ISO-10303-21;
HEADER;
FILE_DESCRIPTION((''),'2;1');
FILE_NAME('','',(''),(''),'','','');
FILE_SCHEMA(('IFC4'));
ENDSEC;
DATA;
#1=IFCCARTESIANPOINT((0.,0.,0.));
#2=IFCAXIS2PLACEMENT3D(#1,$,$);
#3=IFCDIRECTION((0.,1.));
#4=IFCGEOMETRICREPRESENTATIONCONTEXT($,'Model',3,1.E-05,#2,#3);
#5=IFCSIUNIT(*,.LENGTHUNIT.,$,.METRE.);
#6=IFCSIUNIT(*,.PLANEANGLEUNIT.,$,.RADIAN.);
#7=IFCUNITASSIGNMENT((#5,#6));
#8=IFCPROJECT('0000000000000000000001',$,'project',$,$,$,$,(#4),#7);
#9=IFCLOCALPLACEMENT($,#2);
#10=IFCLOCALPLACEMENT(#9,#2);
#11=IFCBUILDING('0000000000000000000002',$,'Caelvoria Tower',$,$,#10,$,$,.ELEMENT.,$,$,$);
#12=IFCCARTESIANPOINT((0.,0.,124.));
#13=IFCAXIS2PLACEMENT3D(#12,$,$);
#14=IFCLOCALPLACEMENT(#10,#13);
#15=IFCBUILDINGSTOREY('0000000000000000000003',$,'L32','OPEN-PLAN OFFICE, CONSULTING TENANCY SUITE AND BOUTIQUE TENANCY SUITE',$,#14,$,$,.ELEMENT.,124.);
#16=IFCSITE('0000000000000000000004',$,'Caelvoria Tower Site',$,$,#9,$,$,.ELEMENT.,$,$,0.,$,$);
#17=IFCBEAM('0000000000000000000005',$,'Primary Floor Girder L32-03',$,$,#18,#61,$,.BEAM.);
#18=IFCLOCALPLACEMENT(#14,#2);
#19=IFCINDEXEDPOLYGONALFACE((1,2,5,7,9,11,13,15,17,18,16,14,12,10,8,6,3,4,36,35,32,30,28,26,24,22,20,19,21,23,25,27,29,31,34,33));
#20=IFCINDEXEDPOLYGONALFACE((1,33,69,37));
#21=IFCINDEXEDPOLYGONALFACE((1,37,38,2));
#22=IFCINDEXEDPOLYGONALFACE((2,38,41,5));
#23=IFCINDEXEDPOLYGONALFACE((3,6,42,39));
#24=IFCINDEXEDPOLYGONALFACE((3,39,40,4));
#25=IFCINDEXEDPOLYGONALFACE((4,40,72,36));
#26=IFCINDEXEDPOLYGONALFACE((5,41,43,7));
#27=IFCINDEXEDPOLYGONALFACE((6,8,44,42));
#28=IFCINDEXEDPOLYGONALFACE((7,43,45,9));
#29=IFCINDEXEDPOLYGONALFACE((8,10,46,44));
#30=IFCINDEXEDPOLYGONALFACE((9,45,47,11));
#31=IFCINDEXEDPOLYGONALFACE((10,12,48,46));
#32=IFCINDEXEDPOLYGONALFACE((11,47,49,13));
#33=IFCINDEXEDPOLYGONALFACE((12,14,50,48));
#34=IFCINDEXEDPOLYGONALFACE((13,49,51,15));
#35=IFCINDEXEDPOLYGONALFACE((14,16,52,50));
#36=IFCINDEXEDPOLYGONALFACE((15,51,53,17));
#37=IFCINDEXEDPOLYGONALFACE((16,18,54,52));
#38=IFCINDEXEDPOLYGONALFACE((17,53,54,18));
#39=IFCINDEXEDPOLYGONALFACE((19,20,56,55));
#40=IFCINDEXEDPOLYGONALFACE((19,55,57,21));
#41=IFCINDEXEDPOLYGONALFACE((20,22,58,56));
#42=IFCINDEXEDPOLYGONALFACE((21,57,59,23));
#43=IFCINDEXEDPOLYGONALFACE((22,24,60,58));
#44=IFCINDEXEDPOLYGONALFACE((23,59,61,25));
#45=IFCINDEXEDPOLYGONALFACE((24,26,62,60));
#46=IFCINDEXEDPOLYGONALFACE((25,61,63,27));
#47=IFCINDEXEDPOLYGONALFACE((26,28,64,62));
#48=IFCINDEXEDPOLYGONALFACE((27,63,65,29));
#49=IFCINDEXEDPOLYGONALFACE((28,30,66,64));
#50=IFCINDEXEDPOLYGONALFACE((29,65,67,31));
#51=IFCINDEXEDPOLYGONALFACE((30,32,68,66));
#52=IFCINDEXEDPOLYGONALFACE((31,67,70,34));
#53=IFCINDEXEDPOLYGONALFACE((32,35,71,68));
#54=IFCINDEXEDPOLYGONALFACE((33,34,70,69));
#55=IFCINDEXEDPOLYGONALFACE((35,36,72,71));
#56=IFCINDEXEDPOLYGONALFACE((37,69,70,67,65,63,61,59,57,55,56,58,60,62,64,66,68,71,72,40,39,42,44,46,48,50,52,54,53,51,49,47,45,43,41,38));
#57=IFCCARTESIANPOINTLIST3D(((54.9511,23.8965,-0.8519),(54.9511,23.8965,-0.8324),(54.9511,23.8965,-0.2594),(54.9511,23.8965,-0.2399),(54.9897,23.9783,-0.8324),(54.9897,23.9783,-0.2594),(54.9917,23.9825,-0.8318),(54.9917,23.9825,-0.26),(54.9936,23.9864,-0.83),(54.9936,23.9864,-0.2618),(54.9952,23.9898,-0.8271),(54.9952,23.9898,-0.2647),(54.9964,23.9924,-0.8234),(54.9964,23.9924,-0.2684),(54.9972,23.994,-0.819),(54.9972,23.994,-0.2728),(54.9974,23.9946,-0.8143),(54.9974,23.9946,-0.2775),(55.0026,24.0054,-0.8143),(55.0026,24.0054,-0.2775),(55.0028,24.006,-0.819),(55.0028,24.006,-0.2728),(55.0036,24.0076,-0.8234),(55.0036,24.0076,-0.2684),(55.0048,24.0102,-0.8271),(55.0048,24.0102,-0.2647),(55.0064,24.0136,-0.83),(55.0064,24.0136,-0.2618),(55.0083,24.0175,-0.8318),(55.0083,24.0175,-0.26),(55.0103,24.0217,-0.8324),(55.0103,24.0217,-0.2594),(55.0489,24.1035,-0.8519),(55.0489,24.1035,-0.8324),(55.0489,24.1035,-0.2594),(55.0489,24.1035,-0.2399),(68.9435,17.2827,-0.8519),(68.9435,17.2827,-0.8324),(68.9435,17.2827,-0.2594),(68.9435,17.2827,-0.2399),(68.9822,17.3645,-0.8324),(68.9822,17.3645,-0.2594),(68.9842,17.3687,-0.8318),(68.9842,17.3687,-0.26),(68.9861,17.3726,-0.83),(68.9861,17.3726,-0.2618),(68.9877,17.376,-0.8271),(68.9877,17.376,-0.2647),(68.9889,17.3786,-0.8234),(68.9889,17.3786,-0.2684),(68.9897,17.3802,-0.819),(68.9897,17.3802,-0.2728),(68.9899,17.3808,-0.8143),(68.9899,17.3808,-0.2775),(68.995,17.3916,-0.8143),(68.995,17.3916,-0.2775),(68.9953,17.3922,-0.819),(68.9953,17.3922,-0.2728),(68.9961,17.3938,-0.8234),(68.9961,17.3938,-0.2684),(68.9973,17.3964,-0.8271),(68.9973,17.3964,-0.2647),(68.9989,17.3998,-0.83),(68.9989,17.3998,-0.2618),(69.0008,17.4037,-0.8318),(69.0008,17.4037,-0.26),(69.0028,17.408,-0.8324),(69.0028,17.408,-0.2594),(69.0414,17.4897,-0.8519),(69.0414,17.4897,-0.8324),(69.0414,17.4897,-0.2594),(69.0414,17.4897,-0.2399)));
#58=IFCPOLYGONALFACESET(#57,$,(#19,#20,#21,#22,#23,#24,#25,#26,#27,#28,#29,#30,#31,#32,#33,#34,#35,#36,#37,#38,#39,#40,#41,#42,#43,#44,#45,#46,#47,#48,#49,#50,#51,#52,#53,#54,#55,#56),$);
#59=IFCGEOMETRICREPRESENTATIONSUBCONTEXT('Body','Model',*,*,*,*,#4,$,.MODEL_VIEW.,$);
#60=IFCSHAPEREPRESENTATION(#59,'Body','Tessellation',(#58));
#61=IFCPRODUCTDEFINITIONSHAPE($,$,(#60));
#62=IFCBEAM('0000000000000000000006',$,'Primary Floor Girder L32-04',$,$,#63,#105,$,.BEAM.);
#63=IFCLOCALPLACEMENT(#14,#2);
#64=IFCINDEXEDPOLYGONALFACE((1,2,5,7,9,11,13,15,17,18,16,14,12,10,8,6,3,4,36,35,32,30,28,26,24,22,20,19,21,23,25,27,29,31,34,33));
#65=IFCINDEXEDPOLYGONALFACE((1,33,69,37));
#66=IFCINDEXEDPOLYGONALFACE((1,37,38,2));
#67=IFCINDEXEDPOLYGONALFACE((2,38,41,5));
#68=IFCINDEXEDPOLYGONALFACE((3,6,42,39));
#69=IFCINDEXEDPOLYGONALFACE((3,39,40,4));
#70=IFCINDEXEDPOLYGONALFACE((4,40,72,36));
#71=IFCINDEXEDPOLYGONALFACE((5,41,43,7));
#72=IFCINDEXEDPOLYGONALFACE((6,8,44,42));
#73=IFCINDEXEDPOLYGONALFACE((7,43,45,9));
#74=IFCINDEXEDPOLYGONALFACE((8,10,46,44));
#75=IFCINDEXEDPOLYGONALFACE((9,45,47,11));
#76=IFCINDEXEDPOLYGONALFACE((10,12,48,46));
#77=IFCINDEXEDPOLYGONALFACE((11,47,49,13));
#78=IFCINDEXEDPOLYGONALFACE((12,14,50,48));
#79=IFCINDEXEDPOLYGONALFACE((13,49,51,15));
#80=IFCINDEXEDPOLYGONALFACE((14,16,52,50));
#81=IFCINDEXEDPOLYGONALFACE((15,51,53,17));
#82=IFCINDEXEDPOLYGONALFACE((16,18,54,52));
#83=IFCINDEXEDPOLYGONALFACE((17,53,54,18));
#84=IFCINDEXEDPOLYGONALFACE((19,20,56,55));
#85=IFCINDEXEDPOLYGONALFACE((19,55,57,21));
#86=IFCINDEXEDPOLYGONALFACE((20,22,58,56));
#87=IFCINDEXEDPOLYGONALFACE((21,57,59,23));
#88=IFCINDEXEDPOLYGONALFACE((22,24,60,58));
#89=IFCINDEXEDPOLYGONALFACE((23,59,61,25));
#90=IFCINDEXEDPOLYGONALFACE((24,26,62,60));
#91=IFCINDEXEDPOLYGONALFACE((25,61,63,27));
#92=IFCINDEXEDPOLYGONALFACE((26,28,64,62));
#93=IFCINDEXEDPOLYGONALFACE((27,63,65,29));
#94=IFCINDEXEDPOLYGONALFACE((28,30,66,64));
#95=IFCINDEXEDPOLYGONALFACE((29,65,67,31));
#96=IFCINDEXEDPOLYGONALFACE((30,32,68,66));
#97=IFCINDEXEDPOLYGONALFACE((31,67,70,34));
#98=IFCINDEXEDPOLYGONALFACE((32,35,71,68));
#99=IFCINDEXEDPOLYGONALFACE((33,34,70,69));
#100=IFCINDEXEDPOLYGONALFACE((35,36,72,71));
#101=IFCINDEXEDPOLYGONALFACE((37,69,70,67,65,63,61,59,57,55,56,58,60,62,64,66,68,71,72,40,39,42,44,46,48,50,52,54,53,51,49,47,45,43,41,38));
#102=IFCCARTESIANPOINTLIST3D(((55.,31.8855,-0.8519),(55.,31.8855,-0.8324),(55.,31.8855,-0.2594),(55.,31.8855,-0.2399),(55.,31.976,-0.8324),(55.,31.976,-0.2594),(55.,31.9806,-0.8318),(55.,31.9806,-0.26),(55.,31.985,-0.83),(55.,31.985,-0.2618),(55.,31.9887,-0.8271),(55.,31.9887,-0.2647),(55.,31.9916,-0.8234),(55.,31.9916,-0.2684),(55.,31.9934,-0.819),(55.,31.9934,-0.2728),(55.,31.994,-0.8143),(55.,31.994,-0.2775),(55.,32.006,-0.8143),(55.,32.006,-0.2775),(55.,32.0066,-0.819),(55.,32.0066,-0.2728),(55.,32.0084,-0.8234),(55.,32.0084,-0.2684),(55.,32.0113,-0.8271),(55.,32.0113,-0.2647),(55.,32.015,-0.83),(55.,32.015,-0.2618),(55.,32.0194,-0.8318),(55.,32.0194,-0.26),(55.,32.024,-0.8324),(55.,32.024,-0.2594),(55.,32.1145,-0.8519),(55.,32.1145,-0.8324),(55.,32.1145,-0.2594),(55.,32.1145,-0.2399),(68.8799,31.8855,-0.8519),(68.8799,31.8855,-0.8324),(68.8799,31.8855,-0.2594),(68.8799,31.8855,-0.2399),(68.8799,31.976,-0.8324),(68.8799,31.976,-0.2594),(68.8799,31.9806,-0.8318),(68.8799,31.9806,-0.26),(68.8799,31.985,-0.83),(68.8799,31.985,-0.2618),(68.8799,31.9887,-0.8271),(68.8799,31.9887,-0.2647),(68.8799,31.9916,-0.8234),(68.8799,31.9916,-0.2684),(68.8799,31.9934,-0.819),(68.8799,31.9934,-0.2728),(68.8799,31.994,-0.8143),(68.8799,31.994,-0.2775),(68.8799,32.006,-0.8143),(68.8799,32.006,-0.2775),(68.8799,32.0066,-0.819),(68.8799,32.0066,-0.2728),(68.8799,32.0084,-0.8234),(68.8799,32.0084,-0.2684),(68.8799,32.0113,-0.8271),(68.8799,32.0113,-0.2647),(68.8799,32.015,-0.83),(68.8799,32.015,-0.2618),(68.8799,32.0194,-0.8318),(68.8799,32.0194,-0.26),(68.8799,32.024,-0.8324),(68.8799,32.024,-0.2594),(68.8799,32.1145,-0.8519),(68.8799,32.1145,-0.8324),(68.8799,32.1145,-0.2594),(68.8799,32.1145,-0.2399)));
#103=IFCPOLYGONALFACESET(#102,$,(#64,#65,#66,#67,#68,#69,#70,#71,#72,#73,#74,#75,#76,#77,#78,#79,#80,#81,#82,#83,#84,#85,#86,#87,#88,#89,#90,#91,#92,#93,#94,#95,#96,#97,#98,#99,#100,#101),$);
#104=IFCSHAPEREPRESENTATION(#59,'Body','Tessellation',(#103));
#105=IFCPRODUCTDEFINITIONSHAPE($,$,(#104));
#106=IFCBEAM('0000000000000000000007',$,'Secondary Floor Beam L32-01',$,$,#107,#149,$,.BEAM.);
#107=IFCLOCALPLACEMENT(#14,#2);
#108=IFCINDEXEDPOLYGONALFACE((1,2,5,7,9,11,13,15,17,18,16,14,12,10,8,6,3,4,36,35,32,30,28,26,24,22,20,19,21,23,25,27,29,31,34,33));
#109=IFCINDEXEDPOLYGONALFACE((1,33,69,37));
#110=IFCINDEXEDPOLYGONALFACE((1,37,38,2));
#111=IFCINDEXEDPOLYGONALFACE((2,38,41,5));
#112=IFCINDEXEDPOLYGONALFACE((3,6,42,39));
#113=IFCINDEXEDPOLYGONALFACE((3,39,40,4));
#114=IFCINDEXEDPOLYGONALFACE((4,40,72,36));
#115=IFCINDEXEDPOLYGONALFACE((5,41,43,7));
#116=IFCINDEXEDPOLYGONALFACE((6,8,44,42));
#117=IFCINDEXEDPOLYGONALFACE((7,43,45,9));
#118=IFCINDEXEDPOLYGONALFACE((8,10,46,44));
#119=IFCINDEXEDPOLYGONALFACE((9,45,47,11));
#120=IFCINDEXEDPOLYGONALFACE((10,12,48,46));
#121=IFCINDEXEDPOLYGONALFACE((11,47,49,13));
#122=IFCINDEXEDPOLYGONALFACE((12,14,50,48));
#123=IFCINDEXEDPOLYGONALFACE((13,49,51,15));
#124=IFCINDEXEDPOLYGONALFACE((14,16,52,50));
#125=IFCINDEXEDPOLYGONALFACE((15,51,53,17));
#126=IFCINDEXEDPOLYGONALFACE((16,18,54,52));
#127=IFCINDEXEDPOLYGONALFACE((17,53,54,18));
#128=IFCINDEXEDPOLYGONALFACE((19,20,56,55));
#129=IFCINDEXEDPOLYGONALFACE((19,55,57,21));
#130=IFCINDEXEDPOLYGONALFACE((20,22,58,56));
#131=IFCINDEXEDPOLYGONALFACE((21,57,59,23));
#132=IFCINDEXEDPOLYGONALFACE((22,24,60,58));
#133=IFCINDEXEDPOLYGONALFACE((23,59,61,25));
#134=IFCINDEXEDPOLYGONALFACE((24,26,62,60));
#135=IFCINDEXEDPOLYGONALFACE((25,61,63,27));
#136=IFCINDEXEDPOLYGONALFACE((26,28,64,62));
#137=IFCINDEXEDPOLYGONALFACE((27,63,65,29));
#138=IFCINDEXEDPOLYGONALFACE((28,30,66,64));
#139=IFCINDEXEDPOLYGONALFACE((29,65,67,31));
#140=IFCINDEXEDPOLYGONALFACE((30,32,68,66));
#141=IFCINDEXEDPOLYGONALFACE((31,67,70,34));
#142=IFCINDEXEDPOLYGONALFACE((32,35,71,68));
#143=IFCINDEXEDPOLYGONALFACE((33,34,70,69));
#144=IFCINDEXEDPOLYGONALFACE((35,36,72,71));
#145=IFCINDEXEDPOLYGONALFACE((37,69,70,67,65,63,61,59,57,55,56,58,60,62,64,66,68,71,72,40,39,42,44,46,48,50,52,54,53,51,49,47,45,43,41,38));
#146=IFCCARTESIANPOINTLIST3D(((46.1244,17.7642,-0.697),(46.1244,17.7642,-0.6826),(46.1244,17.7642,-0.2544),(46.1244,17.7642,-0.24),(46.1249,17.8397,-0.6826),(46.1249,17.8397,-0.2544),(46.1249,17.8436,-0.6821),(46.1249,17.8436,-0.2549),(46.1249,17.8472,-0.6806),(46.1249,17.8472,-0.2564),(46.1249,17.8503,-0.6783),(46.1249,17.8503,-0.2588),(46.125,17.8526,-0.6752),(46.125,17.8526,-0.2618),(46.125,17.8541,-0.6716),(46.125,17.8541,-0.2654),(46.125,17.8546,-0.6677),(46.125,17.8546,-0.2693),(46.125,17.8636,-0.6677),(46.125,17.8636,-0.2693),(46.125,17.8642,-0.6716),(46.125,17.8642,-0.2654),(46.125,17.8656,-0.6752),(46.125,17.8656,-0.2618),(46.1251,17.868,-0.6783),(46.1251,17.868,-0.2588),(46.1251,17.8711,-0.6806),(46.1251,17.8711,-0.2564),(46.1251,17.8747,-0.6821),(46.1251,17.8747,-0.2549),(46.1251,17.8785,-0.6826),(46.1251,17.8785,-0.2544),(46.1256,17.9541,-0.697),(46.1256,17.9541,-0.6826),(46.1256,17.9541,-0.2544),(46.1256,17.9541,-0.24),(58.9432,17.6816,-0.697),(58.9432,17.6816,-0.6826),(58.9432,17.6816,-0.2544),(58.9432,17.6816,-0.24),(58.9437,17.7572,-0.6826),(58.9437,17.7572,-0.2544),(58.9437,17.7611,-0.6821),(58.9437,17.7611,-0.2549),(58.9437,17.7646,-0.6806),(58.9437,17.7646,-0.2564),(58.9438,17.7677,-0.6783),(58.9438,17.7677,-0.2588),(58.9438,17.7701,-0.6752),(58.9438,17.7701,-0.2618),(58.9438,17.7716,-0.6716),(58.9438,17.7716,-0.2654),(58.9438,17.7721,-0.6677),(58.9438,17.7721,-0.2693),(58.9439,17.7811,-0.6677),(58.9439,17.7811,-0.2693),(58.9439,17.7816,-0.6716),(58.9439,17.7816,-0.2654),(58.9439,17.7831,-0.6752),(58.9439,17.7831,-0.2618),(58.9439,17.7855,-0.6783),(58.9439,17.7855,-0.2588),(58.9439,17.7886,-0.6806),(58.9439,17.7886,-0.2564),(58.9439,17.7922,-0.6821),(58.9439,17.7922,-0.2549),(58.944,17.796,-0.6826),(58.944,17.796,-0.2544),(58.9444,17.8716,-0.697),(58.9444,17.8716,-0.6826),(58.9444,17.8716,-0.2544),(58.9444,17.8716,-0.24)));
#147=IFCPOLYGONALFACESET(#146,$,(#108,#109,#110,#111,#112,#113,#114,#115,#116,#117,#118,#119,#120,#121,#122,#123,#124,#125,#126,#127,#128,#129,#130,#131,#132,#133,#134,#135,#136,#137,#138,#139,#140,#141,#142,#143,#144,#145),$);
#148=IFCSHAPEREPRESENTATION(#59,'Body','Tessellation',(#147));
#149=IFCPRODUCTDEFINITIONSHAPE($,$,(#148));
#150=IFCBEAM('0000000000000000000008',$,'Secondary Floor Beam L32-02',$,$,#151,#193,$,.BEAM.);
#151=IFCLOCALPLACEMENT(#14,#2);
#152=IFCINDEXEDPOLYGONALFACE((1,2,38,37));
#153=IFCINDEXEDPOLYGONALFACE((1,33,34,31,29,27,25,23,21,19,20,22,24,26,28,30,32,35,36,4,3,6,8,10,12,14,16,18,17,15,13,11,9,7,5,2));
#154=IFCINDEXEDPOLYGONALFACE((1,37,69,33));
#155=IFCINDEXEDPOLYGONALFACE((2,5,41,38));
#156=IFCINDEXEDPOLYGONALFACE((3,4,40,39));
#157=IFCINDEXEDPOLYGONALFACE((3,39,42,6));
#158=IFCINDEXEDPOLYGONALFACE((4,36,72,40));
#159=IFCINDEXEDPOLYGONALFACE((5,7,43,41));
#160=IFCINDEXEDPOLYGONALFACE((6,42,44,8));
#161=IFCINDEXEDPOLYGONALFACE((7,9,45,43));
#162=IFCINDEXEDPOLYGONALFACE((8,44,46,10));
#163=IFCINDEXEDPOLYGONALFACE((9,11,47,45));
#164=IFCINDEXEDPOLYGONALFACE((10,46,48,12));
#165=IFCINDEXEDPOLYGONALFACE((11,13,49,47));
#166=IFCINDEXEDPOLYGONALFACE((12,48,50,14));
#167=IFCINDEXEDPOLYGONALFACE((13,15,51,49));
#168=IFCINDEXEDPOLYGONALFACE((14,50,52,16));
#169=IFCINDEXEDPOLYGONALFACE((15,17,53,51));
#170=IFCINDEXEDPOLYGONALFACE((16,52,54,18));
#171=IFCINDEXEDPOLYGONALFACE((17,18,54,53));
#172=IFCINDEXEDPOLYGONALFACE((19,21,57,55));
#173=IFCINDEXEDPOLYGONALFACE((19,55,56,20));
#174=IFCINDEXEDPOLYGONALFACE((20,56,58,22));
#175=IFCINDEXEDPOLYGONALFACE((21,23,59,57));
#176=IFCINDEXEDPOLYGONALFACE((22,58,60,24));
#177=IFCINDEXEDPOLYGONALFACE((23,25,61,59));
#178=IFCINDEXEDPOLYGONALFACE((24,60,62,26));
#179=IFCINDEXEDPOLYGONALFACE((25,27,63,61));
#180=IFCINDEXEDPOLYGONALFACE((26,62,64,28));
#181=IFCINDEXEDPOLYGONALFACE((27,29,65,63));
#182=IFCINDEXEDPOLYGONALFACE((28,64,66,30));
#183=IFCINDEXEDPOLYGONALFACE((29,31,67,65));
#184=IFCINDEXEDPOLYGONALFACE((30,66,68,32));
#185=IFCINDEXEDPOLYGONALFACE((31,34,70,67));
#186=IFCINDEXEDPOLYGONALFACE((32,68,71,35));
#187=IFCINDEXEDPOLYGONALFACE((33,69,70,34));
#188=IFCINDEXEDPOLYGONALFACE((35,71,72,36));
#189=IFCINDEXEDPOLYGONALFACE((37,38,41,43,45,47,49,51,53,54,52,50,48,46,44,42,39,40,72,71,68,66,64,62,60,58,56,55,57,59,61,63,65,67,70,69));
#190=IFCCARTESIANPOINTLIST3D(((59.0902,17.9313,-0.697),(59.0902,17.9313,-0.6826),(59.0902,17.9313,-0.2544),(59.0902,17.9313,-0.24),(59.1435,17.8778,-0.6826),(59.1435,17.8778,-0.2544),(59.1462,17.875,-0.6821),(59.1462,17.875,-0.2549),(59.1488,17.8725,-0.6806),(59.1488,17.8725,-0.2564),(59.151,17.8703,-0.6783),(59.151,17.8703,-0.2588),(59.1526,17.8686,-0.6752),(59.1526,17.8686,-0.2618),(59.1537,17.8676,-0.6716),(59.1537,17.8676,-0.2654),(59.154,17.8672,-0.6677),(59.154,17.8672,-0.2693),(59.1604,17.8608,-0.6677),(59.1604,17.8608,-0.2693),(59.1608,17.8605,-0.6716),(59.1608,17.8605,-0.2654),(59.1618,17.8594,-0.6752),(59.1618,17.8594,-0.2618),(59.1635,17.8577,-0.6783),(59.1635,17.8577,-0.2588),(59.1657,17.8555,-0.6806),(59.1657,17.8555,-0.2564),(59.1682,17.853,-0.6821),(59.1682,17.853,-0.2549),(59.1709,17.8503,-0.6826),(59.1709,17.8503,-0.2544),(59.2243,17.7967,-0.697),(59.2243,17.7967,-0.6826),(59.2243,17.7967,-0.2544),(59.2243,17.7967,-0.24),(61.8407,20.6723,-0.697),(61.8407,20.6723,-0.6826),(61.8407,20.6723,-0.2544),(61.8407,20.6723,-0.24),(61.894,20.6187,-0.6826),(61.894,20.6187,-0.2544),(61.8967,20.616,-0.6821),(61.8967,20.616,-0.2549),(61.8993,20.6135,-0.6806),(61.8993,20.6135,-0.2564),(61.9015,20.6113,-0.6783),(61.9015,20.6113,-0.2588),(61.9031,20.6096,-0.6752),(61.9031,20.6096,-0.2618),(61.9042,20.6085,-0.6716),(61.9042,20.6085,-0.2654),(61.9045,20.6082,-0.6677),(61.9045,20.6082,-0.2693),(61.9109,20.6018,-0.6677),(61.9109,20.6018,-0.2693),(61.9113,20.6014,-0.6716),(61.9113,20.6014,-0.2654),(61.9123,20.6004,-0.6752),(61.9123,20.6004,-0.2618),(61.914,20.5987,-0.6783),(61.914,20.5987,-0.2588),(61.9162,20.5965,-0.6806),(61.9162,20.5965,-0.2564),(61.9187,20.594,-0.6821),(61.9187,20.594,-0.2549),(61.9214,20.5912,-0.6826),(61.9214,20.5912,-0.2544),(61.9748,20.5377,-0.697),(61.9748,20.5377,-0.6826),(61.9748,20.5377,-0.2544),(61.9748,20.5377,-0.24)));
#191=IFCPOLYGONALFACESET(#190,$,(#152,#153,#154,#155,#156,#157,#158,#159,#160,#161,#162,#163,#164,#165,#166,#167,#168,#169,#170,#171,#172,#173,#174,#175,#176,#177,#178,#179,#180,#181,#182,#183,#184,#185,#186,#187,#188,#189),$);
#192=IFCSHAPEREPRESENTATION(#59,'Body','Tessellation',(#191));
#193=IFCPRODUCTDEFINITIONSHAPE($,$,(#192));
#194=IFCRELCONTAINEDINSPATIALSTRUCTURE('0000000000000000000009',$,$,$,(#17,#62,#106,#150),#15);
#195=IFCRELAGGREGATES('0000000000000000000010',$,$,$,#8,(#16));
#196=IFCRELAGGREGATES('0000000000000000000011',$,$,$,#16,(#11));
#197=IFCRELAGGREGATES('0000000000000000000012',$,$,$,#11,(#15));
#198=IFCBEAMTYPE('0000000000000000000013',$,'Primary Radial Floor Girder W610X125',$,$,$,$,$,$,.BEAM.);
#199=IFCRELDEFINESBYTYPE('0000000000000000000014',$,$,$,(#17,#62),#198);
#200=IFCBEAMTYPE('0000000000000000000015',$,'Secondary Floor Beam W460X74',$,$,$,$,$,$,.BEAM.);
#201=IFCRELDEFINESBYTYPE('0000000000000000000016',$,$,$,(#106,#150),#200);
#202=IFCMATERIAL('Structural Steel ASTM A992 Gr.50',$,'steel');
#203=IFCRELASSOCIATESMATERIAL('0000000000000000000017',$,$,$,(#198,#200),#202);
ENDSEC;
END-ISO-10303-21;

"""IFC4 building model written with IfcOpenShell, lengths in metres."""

from ifc_helpers import new_model, si_unit, direction, frame, origin, origin_2d, place, context, subcontext, project, spatial, i_section, extrude, material, material_profile, profile_set, type_object, element, save


model = new_model("IFC4")

# Units and contexts
model_context = context("Model", 3, precision=1e-05, world=origin(), true_north=direction((0.0, 1.0)))
body_context = subcontext(model_context, "Body", "Model", "MODEL_VIEW")
ifc_project = project(units=[si_unit("LENGTHUNIT", "METRE"), si_unit("PLANEANGLEUNIT", "RADIAN")], contexts=[model_context])

# Site, building, storey
site_placement = place(None, origin())
site = spatial("IfcSite", under=ifc_project, at=site_placement, Name="Caelvoria Tower Site", CompositionType="ELEMENT", RefElevation=0.0)
building_placement = place(site_placement, origin())
building = spatial("IfcBuilding", under=site, at=building_placement, Name="Caelvoria Tower", CompositionType="ELEMENT")
storey_placement = place(building_placement, frame((0.0, 0.0, 124.0)))
storey = spatial("IfcBuildingStorey", under=building, at=storey_placement, Name="L32", Description="OPEN-PLAN OFFICE, CONSULTING TENANCY SUITE AND BOUTIQUE TENANCY SUITE", CompositionType="ELEMENT", Elevation=124.0)

# Beams
ifc_material_1 = material(Name="Structural Steel ASTM A992 Gr.50", Category="steel")
ifc_material_profile_1 = material_profile(ifc_material_1, i_section(OverallWidth=0.229, OverallDepth=0.6121, WebThickness=0.012, FlangeThickness=0.0195, FilletRadius=0.0181, at=origin_2d()), Name="Structural Steel ASTM A992 Gr.50")
ifc_profile_set_1 = profile_set([ifc_material_profile_1], Name="W610X125 - Structural Steel ASTM A992 Gr.50")
beam_type_1 = type_object("IfcBeamType", Name="Primary Radial Floor Girder W610X125", PredefinedType="BEAM", material=ifc_profile_set_1)
beam_1_placement = place(storey_placement, frame((55.0, 24.0, -0.5459), z_axis=(0.904093, -0.427336, 0.0), x_axis=(0.427336, 0.904093, 0.0)))
element("IfcBeam", 1, at=beam_1_placement, inside=storey, type_object=beam_type_1, Name="Primary Floor Girder L32-03", PredefinedType="BEAM", context=body_context, shape_type="SweptSolid", body=[
    extrude(i_section(OverallWidth=0.229, OverallDepth=0.6121, WebThickness=0.012, FlangeThickness=0.0195, FilletRadius=0.0181, at=origin_2d()), origin(), (0.0, 0.0, 1.0), 15.4768),
])
beam_2_placement = place(storey_placement, frame((55.0, 32.0, -0.5459), z_axis=(1.0, 0.0, 0.0), x_axis=(0.0, 1.0, 0.0)))
element("IfcBeam", 2, at=beam_2_placement, inside=storey, type_object=beam_type_1, Name="Primary Floor Girder L32-04", PredefinedType="BEAM", context=body_context, shape_type="SweptSolid", body=[
    extrude(i_section(OverallWidth=0.229, OverallDepth=0.6121, WebThickness=0.012, FlangeThickness=0.0195, FilletRadius=0.0181, at=origin_2d()), origin(), (0.0, 0.0, 1.0), 13.8799),
])
ifc_material_profile_2 = material_profile(ifc_material_1, i_section(OverallWidth=0.1899, OverallDepth=0.457, WebThickness=0.009, FlangeThickness=0.0144, FilletRadius=0.0149, at=origin_2d()), Name="Structural Steel ASTM A992 Gr.50")
ifc_profile_set_2 = profile_set([ifc_material_profile_2], Name="W460X74 - Structural Steel ASTM A992 Gr.50")
beam_type_2 = type_object("IfcBeamType", Name="Secondary Floor Beam W460X74", PredefinedType="BEAM", material=ifc_profile_set_2)
beam_3_placement = place(storey_placement, frame((46.125, 17.8591, -0.4685), z_axis=(0.999979, -0.006437, 0.0), x_axis=(0.006437, 0.999979, 0.0)))
element("IfcBeam", 3, at=beam_3_placement, inside=storey, type_object=beam_type_2, Name="Secondary Floor Beam L32-01", PredefinedType="BEAM", context=body_context, shape_type="SweptSolid", body=[
    extrude(i_section(OverallWidth=0.1899, OverallDepth=0.457, WebThickness=0.009, FlangeThickness=0.0144, FilletRadius=0.0149, at=origin_2d()), origin(), (0.0, 0.0, 1.0), 12.8191),
])
beam_4_placement = place(storey_placement, frame((59.1572, 17.864, -0.4685), z_axis=(0.708332, 0.70588, 0.0), x_axis=(-0.70588, 0.708332, 0.0)))
element("IfcBeam", 4, at=beam_4_placement, inside=storey, type_object=beam_type_2, Name="Secondary Floor Beam L32-02", PredefinedType="BEAM", context=body_context, shape_type="SweptSolid", body=[
    extrude(i_section(OverallWidth=0.1899, OverallDepth=0.457, WebThickness=0.009, FlangeThickness=0.0144, FilletRadius=0.0149, at=origin_2d()), origin(), (0.0, 0.0, 1.0), 3.8831),
])

save(model, "model.ifc")
